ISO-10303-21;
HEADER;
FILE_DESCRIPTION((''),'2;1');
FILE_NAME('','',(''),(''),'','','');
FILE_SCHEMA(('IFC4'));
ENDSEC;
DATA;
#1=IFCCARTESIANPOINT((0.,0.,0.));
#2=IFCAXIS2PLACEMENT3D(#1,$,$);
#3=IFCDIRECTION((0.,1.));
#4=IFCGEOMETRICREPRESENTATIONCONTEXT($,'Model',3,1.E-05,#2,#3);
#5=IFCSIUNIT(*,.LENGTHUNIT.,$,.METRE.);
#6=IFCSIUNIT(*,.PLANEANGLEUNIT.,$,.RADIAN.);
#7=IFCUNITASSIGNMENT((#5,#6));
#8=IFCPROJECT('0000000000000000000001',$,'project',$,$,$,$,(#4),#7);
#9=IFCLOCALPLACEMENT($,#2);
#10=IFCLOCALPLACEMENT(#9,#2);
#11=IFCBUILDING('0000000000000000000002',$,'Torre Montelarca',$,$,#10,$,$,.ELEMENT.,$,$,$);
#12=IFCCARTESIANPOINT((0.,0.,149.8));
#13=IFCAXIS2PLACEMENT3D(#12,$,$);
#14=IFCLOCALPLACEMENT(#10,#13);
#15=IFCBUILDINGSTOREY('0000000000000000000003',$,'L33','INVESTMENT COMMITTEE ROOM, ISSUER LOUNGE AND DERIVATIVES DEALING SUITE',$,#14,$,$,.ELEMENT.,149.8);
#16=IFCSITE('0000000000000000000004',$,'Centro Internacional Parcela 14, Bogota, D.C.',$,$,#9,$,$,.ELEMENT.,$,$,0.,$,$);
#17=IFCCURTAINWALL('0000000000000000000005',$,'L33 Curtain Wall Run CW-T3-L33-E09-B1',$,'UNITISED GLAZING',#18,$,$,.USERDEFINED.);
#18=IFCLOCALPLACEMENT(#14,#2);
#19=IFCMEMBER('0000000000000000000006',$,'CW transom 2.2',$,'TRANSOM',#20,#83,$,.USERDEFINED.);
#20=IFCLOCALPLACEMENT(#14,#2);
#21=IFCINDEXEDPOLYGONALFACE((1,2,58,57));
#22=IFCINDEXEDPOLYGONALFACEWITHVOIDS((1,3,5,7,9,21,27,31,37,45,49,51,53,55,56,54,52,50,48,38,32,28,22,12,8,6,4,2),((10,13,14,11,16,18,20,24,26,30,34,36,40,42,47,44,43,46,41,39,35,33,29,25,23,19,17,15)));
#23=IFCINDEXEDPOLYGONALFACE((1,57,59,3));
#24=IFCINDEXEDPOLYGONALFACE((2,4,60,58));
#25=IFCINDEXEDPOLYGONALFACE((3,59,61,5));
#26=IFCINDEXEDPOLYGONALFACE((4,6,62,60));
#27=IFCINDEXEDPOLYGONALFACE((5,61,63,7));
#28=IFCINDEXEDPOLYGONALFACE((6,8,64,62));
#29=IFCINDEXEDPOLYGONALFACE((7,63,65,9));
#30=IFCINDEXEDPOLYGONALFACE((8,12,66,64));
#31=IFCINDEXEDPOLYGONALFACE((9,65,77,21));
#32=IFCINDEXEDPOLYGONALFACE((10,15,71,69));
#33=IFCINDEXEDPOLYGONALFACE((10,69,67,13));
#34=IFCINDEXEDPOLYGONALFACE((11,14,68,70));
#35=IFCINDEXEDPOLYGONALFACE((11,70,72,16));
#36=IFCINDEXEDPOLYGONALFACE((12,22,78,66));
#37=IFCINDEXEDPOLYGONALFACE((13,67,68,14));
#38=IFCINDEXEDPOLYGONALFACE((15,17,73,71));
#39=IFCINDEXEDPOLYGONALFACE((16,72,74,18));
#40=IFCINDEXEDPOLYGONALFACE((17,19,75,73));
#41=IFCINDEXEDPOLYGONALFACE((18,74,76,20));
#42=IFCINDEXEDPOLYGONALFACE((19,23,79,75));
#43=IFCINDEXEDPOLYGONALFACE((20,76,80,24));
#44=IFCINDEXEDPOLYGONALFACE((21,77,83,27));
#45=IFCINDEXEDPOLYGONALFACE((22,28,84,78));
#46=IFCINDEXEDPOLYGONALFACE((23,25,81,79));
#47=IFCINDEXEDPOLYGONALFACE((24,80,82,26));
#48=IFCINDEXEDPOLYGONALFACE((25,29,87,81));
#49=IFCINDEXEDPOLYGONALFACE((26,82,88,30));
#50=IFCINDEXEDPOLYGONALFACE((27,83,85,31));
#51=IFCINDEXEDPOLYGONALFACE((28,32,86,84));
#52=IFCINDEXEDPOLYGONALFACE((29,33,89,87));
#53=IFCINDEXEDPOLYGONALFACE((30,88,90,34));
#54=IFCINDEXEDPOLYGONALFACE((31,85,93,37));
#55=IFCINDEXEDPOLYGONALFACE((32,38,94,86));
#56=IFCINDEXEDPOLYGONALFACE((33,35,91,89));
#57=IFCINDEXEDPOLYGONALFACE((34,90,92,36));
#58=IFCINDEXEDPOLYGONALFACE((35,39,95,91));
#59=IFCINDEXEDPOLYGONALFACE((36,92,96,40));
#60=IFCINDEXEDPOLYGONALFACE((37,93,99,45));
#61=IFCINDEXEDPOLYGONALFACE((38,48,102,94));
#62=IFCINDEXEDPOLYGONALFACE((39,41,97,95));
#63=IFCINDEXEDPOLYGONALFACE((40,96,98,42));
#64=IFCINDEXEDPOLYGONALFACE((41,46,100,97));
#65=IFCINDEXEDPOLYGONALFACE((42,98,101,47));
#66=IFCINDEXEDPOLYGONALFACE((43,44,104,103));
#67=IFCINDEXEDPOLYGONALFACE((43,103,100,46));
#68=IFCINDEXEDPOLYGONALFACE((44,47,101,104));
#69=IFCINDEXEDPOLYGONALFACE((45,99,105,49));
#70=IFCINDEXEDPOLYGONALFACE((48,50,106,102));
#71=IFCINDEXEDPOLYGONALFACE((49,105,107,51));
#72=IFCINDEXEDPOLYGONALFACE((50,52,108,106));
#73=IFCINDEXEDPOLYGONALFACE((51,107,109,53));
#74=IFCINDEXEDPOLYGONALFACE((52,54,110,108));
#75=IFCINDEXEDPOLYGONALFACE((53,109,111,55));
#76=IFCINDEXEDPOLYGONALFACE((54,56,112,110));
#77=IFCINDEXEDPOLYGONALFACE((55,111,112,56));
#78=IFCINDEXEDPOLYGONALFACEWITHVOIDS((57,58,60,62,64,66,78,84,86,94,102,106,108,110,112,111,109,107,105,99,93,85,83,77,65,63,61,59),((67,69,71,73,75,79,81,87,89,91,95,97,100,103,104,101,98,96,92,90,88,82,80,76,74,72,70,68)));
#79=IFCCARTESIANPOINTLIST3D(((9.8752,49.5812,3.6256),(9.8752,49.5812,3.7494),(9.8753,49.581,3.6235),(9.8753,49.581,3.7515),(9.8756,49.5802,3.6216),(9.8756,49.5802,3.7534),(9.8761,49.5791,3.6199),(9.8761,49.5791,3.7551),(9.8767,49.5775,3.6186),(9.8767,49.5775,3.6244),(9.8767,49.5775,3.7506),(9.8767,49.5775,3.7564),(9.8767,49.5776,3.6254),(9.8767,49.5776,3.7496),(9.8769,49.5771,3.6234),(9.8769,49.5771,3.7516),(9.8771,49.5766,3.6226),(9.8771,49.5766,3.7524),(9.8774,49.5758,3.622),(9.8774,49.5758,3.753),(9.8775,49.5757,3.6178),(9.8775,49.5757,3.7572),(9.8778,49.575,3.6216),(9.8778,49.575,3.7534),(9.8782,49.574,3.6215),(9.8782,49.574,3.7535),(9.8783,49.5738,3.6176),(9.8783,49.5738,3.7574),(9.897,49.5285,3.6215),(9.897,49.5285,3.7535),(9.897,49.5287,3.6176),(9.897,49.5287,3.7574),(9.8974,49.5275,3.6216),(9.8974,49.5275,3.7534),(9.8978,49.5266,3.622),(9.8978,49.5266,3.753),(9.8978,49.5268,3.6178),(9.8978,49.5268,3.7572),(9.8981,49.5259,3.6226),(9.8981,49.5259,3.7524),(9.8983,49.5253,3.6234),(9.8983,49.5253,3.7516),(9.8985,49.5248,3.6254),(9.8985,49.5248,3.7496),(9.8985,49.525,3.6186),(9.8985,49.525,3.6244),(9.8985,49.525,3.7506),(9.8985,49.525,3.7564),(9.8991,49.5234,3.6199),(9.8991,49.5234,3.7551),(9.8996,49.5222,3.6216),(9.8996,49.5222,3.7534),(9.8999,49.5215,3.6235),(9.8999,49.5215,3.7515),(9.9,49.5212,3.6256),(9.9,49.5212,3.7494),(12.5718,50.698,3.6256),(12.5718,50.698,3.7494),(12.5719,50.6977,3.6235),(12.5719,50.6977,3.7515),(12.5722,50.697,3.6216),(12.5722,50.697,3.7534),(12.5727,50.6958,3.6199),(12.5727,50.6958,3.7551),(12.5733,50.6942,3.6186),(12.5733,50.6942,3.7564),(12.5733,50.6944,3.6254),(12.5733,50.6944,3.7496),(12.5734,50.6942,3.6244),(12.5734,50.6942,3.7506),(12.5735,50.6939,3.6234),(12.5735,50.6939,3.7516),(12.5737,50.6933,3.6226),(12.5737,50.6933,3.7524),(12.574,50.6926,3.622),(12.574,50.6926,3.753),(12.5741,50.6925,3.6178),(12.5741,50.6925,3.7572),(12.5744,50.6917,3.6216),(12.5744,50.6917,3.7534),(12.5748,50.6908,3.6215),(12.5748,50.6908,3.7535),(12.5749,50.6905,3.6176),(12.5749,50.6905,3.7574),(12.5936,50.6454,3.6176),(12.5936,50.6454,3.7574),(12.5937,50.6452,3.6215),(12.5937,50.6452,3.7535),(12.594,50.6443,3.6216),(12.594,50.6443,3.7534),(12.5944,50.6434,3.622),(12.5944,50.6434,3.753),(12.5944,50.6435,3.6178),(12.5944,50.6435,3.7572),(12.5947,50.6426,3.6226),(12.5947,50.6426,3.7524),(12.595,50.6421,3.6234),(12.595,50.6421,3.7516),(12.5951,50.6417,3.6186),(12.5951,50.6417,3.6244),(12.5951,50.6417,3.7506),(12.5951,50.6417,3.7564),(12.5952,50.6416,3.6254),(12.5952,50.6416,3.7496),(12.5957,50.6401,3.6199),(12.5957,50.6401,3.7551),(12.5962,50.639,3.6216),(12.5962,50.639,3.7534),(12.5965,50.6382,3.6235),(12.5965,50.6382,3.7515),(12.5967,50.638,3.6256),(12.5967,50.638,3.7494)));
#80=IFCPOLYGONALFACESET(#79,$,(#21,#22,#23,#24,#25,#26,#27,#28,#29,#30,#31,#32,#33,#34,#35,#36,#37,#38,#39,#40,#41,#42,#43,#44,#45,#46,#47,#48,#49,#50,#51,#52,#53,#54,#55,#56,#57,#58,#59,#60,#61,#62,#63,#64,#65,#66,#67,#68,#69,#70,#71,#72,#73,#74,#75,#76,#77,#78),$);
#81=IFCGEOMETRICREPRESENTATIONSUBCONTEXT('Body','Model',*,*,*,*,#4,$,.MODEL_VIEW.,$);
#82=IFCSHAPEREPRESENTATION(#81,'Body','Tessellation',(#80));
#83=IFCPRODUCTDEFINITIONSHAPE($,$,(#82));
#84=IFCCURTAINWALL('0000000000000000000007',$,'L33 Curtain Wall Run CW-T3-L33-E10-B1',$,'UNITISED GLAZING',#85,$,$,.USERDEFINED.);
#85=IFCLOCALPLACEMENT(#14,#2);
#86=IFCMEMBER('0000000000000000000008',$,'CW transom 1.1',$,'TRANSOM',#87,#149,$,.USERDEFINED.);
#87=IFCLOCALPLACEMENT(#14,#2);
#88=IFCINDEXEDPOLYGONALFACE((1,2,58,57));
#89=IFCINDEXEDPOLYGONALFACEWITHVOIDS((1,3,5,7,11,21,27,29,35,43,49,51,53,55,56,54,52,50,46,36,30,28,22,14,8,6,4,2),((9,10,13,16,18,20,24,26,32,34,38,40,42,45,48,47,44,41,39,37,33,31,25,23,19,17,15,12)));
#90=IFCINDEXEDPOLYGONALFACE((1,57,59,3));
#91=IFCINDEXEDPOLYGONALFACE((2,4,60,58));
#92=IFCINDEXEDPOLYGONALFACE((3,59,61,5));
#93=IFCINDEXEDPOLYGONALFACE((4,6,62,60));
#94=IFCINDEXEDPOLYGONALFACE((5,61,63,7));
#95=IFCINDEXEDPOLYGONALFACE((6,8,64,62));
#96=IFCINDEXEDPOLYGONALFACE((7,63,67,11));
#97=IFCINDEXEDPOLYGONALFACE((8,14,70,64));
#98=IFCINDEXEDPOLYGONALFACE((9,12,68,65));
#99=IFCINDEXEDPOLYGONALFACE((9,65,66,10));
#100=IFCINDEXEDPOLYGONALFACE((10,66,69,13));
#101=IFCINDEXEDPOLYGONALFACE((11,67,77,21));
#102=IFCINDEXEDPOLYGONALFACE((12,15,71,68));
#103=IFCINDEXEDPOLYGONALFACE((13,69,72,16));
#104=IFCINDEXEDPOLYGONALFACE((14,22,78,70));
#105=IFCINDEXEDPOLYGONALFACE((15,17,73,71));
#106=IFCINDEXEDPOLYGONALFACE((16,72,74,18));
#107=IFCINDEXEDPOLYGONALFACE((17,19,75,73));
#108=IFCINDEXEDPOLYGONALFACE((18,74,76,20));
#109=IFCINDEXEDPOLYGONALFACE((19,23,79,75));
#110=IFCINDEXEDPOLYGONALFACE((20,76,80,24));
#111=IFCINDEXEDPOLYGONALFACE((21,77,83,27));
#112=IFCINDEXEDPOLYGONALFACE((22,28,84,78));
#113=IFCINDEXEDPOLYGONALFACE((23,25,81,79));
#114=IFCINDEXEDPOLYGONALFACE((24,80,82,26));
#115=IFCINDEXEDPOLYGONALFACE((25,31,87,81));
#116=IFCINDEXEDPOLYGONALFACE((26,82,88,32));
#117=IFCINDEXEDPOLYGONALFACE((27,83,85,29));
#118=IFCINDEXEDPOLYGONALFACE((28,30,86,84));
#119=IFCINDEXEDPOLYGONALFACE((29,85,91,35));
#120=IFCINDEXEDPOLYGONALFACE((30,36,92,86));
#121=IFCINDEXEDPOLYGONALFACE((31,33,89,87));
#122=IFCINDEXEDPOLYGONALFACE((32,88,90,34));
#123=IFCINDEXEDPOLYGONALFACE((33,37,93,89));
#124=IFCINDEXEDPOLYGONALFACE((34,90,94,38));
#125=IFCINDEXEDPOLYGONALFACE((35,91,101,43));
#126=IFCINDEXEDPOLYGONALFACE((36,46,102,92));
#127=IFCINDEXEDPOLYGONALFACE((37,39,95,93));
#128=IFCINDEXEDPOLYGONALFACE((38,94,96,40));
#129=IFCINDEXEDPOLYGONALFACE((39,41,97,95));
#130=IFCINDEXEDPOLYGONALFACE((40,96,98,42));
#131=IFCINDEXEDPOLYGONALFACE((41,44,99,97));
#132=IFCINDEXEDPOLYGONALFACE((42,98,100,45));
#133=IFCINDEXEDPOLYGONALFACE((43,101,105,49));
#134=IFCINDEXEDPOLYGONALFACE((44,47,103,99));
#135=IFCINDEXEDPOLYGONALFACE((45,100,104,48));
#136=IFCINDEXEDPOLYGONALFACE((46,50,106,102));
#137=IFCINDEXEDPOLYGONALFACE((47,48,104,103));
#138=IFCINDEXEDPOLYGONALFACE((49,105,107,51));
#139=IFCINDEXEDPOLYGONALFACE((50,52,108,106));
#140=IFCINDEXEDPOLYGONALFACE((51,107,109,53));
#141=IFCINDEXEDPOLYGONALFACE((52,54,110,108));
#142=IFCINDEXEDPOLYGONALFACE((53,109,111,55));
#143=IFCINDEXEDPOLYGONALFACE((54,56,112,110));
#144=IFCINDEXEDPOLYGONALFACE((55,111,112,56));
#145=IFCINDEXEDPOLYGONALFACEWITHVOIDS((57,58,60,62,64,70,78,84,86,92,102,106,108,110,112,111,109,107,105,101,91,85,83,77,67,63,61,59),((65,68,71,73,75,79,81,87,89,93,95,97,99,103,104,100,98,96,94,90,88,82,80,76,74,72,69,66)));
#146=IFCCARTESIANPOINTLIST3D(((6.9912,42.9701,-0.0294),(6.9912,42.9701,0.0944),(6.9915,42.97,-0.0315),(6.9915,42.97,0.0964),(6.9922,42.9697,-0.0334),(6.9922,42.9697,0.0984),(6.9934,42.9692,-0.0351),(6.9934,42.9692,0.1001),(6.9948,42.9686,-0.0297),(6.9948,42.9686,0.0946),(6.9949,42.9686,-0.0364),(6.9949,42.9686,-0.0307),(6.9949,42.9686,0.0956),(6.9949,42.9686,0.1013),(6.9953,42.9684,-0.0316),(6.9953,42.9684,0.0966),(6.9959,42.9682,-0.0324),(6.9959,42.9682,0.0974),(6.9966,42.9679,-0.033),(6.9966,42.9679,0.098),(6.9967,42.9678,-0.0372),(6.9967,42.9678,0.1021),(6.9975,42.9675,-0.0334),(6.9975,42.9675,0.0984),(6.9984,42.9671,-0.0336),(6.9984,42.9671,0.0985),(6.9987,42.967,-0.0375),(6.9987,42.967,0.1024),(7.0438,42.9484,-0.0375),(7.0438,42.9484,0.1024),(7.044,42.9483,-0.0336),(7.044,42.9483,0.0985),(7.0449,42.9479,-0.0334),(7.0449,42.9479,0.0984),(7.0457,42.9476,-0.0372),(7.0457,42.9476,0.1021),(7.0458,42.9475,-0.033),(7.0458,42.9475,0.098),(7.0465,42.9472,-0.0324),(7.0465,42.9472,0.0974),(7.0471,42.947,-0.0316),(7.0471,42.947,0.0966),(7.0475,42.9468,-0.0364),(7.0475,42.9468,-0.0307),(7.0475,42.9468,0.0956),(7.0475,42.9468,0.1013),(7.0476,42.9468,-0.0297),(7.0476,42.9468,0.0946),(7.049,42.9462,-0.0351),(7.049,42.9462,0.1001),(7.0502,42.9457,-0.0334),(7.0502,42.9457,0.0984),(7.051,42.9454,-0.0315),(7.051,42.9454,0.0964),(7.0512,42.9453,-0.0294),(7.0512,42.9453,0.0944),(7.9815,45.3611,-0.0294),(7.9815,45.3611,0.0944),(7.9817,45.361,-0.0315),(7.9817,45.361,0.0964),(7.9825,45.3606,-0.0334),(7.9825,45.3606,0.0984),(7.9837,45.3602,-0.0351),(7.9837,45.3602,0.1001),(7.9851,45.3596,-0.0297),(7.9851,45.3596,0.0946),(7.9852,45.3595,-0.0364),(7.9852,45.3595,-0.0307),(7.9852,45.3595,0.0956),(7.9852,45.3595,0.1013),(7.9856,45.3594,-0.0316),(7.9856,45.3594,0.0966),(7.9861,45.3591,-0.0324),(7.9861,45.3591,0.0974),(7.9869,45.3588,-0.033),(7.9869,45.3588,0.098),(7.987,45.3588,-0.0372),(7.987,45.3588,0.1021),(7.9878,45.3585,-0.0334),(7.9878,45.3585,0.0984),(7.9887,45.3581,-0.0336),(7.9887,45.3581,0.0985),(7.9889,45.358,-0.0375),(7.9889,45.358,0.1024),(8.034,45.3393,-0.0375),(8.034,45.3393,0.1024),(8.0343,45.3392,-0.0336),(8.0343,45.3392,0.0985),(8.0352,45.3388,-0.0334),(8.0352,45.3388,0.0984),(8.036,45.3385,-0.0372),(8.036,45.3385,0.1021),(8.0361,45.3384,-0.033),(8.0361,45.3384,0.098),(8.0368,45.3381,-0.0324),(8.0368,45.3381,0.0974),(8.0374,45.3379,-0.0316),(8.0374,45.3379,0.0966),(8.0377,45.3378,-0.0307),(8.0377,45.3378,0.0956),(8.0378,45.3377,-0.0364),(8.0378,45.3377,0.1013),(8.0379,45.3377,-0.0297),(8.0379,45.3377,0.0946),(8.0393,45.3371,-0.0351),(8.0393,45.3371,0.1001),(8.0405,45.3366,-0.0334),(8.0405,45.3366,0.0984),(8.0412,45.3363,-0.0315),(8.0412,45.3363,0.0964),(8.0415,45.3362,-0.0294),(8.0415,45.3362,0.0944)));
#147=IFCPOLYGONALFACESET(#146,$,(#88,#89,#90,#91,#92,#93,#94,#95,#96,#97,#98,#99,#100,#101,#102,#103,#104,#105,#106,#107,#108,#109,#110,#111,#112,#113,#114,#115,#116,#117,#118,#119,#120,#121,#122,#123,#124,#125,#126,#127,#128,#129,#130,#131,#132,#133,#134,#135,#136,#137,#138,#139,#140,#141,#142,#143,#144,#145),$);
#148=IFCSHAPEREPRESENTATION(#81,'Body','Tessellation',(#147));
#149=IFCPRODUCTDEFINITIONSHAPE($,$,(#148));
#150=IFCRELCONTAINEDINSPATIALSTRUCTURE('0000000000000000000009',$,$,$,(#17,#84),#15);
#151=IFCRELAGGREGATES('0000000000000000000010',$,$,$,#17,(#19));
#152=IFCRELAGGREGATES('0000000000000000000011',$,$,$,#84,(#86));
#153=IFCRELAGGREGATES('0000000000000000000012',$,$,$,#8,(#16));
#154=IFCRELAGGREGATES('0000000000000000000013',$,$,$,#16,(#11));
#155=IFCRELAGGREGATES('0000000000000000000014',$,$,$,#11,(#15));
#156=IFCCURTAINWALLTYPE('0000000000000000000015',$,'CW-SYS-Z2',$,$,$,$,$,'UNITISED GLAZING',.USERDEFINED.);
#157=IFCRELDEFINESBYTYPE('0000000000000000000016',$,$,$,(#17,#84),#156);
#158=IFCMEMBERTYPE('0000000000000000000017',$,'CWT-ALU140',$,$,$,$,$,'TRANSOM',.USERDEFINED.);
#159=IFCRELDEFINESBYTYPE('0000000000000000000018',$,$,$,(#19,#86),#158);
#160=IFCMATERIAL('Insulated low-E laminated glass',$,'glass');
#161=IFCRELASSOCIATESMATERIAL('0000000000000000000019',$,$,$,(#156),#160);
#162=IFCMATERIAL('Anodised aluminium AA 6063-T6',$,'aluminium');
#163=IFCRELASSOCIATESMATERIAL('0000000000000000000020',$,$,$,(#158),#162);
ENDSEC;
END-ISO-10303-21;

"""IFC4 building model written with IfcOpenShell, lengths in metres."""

from ifc_helpers import new_model, si_unit, direction, frame, origin, origin_2d, place, context, subcontext, project, spatial, hollow_rectangle, extrude, source, transform, mapped, material, material_profile, profile_set, type_object, element, aggregate, save


model = new_model("IFC4")

# Units and contexts
model_context = context("Model", 3, precision=1e-05, world=origin(), true_north=direction((0.0, 1.0)))
body_context = subcontext(model_context, "Body", "Model", "MODEL_VIEW")
ifc_project = project(units=[si_unit("LENGTHUNIT", "METRE"), si_unit("PLANEANGLEUNIT", "RADIAN")], contexts=[model_context])

# Site, building, storey
site_placement = place(None, origin())
site = spatial("IfcSite", under=ifc_project, at=site_placement, Name="Centro Internacional Parcela 14, Bogota, D.C.", CompositionType="ELEMENT", RefElevation=0.0)
building_placement = place(site_placement, origin())
building = spatial("IfcBuilding", under=site, at=building_placement, Name="Torre Montelarca", CompositionType="ELEMENT")
storey_placement = place(building_placement, frame((0.0, 0.0, 149.8)))
storey = spatial("IfcBuildingStorey", under=building, at=storey_placement, Name="L33", Description="INVESTMENT COMMITTEE ROOM, ISSUER LOUNGE AND DERIVATIVES DEALING SUITE", CompositionType="ELEMENT", Elevation=149.8)

# Curtain walls, members
ifc_material_1 = material(Name="Insulated low-E laminated glass", Category="glass")
curtain_wall_type = type_object("IfcCurtainWallType", Name="CW-SYS-Z2", ElementType="UNITISED GLAZING", PredefinedType="USERDEFINED", material=ifc_material_1)
curtain_wall_1_placement = place(storey_placement, origin())
curtain_wall_1 = element("IfcCurtainWall", 1, at=curtain_wall_1_placement, inside=storey, type_object=curtain_wall_type, Name="L33 Curtain Wall Run CW-T3-L33-E09-B1", ObjectType="UNITISED GLAZING", PredefinedType="USERDEFINED")
ifc_material_2 = material(Name="Anodised aluminium AA 6063-T6", Category="aluminium")
ifc_material_profile_1 = material_profile(ifc_material_2, hollow_rectangle(XDim=0.0649, YDim=0.1399, WallThickness=0.0039, InnerFilletRadius=0.0039, OuterFilletRadius=0.0081, at=origin_2d()), Name="ALU65X140X4", Category="aluminium")
ifc_profile_set_1 = profile_set([ifc_material_profile_1], Name="Anodised aluminium AA 6063-T6")
member_type_1 = type_object("IfcMemberType", Name="CWT-ALU140", ElementType="TRANSOM", PredefinedType="USERDEFINED", material=ifc_profile_set_1)
shared_shape_1 = source(origin(), body_context, "Body", "SweptSolid", [
    extrude(hollow_rectangle(XDim=0.0649, YDim=0.1399, WallThickness=0.0039, InnerFilletRadius=0.0039, OuterFilletRadius=0.0081, at=origin_2d()), origin(), (0.0, 0.0, 1.0), 2.9187),
])
member_1_placement = place(storey_placement, frame((12.5842, 50.668, 3.6875), z_axis=(-0.923909, -0.382613, 0.0), x_axis=(0.382613, -0.923909, 0.0)))
member_1 = element("IfcMember", 2, at=member_1_placement, type_object=member_type_1, Name="CW transom 2.2", ObjectType="TRANSOM", PredefinedType="USERDEFINED", context=body_context, shape_type="MappedRepresentation", body=[
    mapped(shared_shape_1, transform((0.0, 0.0, 0.0), scale=1.0)),
])
curtain_wall_2_placement = place(storey_placement, origin())
curtain_wall_2 = element("IfcCurtainWall", 3, at=curtain_wall_2_placement, inside=storey, type_object=curtain_wall_type, Name="L33 Curtain Wall Run CW-T3-L33-E10-B1", ObjectType="UNITISED GLAZING", PredefinedType="USERDEFINED")
shared_shape_2 = source(origin(), body_context, "Body", "SweptSolid", [
    extrude(hollow_rectangle(XDim=0.0649, YDim=0.1399, WallThickness=0.0039, InnerFilletRadius=0.0039, OuterFilletRadius=0.0081, at=origin_2d()), origin(), (0.0, 0.0, 1.0), 2.5879),
])
member_2_placement = place(storey_placement, frame((8.0115, 45.3486, 0.0325), z_axis=(-0.382652, -0.923893, 0.0), x_axis=(0.923893, -0.382652, 0.0)))
member_2 = element("IfcMember", 4, at=member_2_placement, type_object=member_type_1, Name="CW transom 1.1", ObjectType="TRANSOM", PredefinedType="USERDEFINED", context=body_context, shape_type="MappedRepresentation", body=[
    mapped(shared_shape_2, transform((0.0, 0.0, 0.0), scale=1.0)),
])

aggregate(curtain_wall_1, [member_1])
aggregate(curtain_wall_2, [member_2])

save(model, "model.ifc")
